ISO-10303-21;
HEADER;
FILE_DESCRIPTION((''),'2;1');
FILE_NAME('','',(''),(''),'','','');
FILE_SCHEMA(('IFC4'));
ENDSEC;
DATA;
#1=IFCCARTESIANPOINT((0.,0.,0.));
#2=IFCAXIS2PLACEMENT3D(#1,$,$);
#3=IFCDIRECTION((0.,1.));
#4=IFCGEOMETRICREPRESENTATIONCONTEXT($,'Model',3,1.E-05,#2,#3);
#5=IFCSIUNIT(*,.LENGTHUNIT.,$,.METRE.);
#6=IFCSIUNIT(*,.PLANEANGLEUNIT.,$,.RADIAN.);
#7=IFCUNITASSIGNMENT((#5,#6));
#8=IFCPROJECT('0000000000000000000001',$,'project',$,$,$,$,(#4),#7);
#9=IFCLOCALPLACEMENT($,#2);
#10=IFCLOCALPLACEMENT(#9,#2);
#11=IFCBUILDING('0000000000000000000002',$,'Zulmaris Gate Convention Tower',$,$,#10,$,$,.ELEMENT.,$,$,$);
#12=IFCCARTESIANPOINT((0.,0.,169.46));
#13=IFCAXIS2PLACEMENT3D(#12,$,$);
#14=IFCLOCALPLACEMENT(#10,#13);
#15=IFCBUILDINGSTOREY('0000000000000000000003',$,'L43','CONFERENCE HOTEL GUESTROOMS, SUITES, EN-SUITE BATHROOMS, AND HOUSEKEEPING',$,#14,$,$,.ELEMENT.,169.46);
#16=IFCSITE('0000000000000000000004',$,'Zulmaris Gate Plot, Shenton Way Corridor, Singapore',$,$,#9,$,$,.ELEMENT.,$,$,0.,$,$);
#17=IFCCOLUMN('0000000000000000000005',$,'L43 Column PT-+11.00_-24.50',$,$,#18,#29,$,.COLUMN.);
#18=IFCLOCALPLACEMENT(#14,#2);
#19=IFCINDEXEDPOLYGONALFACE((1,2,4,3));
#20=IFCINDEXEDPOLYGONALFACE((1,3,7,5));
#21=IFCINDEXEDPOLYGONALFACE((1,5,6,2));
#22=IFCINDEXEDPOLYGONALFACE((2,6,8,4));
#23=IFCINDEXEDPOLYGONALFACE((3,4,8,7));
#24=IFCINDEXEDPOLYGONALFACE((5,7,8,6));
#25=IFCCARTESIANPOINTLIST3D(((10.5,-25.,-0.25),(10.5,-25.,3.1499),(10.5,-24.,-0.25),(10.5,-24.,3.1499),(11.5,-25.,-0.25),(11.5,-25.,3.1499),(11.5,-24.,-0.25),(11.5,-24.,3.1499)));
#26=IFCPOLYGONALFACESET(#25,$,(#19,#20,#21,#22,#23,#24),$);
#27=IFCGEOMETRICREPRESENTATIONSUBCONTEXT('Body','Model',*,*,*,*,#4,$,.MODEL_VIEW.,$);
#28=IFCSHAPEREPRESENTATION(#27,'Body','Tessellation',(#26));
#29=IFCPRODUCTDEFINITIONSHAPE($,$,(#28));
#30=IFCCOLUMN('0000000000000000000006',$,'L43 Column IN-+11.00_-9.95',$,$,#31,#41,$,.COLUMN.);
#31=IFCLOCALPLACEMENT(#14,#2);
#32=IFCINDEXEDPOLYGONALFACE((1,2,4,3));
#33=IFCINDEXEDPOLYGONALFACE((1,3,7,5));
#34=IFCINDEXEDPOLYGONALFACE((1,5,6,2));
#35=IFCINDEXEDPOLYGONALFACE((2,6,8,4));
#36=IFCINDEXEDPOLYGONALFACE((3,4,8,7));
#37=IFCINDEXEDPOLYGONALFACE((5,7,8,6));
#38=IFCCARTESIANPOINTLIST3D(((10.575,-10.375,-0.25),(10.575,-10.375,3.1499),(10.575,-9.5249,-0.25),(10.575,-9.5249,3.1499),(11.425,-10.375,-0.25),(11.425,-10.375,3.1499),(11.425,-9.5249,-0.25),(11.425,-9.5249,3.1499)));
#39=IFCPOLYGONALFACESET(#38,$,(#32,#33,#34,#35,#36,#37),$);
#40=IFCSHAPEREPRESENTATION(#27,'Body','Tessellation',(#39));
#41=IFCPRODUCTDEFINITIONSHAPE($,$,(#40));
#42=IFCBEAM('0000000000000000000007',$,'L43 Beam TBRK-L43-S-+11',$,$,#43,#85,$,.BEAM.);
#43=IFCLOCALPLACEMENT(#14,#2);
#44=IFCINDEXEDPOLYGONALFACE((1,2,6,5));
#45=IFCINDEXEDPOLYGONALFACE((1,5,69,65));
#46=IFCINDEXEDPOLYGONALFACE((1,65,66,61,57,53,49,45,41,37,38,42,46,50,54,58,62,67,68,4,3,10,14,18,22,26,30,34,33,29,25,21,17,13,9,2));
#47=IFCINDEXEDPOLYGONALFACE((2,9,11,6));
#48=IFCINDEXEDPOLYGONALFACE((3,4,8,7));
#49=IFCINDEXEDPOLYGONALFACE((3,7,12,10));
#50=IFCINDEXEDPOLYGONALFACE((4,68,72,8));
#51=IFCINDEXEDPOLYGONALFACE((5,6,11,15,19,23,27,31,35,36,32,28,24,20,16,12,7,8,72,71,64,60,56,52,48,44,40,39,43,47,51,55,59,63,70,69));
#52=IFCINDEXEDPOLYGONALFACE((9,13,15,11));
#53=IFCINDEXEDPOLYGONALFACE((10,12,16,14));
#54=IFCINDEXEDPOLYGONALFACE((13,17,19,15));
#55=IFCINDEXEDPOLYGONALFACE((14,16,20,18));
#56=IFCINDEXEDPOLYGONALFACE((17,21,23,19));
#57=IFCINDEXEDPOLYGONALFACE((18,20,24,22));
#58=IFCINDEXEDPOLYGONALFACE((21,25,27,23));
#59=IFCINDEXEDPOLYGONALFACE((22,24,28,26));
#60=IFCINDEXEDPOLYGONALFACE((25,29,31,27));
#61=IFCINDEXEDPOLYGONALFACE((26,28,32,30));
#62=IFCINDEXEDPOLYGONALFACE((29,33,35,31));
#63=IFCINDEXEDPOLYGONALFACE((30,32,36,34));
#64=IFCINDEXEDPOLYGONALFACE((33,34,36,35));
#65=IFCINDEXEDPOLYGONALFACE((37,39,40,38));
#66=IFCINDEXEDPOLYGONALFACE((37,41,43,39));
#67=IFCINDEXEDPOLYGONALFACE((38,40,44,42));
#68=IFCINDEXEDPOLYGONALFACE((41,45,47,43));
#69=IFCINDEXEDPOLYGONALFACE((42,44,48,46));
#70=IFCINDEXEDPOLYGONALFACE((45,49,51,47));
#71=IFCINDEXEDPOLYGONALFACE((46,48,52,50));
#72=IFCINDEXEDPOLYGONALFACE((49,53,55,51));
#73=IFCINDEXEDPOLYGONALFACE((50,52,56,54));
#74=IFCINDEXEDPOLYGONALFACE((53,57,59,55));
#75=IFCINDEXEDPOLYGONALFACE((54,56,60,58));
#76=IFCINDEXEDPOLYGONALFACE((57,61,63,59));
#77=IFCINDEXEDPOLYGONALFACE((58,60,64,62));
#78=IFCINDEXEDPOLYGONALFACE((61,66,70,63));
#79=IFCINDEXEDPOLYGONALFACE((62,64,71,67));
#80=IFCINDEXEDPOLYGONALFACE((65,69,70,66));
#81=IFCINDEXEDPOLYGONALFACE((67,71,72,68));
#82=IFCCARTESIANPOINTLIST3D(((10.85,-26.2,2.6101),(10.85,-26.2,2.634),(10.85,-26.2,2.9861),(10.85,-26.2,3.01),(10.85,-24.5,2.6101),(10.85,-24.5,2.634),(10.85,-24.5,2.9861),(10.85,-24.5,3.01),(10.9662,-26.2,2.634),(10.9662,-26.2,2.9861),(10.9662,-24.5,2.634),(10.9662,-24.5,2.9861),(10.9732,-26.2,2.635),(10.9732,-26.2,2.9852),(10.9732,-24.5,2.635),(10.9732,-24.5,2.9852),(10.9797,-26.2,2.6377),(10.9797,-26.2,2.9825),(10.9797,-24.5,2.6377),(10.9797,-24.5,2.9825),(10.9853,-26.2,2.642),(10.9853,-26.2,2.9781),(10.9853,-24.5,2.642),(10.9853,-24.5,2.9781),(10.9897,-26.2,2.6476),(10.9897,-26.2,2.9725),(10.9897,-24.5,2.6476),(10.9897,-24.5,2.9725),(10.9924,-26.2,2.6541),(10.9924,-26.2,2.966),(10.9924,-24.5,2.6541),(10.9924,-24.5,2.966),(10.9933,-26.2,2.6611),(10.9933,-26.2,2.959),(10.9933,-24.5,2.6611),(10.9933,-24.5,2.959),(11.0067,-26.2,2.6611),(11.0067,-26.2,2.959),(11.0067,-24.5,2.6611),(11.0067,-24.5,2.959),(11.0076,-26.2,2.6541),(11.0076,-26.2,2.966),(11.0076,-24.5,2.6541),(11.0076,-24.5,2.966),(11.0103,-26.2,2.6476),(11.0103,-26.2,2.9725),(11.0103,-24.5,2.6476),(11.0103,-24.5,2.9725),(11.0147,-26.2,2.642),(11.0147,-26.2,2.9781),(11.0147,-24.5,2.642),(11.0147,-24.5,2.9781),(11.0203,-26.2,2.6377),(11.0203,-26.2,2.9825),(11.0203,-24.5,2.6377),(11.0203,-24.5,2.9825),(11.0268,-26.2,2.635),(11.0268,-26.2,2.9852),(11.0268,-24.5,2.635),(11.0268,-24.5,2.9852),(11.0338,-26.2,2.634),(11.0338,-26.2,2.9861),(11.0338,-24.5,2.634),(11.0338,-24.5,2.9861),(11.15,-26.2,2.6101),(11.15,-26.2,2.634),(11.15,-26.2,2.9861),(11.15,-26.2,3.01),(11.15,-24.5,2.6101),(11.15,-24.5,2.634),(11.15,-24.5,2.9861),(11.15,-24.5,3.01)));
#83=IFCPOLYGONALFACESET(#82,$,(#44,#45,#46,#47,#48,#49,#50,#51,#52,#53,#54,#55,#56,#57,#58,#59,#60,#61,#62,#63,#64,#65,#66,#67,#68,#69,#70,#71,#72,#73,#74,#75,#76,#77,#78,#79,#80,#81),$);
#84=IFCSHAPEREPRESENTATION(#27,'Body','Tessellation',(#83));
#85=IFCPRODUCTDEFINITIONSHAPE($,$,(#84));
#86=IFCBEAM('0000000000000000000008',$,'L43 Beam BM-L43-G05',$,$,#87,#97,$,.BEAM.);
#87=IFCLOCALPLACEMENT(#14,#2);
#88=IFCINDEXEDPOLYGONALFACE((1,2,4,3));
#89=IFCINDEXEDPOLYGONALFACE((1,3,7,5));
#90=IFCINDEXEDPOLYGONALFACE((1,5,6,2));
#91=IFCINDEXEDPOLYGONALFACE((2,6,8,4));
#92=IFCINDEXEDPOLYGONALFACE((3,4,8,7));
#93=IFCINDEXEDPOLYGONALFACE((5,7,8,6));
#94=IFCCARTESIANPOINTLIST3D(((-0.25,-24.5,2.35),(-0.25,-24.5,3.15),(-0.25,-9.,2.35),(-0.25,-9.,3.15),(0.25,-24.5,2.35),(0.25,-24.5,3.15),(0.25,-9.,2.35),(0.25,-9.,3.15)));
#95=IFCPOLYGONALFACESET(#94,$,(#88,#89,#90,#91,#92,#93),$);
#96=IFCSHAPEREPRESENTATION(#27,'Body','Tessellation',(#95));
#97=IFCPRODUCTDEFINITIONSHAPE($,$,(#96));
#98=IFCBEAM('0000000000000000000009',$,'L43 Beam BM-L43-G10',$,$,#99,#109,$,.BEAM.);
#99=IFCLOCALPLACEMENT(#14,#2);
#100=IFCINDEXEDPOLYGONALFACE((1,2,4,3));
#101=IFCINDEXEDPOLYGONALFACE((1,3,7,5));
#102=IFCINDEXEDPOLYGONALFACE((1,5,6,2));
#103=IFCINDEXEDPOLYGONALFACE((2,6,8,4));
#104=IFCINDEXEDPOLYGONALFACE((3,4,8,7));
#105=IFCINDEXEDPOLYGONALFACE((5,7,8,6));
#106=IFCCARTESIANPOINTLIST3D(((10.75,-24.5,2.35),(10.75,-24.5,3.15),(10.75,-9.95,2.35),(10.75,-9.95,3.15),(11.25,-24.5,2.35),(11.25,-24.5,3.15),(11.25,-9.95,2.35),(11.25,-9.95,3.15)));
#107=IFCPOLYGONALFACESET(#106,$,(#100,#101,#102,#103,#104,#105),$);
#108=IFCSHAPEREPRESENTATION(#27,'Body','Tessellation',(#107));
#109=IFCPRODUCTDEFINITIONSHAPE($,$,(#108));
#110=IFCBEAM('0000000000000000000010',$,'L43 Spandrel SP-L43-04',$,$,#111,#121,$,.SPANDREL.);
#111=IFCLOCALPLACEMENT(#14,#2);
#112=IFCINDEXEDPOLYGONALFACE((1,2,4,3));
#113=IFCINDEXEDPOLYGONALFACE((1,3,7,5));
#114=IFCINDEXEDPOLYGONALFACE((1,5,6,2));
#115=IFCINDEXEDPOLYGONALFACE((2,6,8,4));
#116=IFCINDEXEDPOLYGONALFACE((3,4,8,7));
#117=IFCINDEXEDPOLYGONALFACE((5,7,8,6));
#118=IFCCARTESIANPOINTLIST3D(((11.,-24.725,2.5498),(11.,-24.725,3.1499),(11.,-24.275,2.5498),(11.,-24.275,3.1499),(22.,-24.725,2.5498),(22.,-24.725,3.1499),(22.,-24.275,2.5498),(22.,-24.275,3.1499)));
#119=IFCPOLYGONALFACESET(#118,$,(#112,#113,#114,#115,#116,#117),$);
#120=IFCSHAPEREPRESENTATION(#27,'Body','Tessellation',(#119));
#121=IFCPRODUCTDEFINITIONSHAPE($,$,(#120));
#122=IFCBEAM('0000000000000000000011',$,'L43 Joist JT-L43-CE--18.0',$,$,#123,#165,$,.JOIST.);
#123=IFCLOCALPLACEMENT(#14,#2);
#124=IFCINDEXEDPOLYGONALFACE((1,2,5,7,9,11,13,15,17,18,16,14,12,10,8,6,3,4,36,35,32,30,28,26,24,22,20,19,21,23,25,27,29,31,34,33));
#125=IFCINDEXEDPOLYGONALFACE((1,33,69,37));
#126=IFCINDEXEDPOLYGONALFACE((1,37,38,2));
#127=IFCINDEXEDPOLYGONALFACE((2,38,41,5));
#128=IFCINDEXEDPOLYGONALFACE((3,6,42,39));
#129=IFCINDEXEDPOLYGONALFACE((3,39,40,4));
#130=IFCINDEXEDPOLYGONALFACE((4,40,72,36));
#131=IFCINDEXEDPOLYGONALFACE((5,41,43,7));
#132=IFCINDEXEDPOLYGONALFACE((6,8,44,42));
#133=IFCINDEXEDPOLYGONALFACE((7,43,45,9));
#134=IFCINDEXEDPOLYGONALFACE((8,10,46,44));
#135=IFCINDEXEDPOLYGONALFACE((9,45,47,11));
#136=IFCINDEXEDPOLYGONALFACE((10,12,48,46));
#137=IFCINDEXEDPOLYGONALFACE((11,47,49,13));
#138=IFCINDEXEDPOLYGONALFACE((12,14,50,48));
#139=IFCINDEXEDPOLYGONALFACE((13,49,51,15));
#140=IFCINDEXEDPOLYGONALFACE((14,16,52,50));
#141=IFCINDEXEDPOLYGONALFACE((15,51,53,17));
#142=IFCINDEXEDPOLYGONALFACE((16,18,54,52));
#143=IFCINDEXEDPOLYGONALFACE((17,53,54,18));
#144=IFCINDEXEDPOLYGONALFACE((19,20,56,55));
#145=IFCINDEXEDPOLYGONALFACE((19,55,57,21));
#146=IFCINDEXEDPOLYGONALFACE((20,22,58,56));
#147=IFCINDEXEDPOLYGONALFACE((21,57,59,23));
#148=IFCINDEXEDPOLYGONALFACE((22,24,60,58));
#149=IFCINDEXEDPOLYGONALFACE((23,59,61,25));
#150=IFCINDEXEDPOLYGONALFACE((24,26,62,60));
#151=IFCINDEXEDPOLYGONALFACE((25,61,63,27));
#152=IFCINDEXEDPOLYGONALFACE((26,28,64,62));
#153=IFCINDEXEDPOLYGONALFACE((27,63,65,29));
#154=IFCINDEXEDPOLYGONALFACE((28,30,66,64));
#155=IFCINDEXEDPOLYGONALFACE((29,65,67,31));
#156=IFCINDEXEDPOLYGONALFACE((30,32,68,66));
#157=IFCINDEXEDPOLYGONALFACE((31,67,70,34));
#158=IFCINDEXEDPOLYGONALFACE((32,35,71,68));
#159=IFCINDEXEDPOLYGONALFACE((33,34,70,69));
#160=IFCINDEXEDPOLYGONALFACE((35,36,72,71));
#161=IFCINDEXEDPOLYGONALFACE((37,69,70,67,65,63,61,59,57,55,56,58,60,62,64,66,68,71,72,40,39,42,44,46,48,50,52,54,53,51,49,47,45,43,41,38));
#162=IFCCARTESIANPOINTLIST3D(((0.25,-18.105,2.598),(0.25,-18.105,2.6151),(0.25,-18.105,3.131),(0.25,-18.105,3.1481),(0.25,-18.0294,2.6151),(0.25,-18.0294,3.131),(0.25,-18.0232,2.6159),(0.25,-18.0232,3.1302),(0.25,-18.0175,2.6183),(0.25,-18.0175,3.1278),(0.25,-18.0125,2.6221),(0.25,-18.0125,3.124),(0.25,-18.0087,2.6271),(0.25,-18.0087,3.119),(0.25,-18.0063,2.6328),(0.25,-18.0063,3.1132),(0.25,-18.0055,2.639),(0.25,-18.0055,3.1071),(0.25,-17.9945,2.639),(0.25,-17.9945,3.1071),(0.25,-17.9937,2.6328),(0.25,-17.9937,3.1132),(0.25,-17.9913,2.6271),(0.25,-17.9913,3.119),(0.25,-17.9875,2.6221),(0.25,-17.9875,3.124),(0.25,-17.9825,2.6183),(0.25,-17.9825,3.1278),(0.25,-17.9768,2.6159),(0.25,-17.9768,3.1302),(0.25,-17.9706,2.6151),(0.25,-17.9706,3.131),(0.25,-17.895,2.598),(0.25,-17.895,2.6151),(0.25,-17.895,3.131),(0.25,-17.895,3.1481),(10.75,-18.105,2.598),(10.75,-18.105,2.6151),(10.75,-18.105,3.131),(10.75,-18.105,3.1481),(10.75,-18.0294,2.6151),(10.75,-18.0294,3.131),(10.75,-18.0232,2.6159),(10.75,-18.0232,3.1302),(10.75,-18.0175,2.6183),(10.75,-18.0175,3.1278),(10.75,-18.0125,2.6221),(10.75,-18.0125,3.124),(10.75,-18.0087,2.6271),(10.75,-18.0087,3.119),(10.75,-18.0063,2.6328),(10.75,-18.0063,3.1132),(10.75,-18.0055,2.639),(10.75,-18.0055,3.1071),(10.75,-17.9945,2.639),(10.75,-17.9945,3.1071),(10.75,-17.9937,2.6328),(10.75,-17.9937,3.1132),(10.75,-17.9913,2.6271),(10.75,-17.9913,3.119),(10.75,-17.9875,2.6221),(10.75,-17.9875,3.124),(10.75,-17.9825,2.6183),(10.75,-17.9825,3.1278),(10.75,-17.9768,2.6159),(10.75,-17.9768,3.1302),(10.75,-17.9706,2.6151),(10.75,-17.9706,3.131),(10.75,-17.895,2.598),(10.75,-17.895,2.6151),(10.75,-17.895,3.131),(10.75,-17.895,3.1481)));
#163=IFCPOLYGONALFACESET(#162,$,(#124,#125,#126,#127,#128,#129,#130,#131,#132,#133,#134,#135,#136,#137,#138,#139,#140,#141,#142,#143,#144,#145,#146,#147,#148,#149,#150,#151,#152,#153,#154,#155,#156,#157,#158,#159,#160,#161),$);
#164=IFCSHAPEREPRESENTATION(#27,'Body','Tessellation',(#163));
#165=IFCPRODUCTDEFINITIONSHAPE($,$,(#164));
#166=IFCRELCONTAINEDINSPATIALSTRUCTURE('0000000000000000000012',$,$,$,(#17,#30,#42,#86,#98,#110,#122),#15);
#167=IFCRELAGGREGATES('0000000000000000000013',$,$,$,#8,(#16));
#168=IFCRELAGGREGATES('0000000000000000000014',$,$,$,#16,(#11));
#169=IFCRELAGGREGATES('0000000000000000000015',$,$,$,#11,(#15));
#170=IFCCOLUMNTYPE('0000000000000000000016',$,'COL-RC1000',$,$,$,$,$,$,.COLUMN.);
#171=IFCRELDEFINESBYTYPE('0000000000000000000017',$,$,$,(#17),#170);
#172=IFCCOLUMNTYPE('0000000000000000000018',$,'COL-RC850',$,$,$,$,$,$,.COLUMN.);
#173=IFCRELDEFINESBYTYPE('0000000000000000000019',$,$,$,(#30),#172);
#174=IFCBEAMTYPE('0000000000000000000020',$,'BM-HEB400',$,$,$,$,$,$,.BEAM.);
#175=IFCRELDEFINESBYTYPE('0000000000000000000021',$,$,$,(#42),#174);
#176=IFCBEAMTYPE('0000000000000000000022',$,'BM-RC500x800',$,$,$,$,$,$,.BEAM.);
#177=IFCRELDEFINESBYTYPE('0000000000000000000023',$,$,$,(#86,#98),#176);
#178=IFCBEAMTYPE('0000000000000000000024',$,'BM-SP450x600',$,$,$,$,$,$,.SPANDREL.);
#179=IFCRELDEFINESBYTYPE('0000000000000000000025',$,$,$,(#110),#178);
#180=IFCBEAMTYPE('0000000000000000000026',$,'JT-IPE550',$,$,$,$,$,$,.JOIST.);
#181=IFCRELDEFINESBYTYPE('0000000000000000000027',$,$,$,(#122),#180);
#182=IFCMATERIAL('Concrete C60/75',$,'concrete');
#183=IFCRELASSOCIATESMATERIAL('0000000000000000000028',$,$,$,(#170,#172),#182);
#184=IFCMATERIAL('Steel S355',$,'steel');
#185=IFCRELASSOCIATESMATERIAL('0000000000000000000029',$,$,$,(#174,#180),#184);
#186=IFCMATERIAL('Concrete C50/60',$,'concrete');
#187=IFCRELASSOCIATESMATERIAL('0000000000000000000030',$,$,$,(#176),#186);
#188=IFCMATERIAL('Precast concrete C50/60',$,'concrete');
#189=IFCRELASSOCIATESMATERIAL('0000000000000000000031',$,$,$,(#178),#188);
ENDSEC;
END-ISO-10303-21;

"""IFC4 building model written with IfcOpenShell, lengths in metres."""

from ifc_helpers import new_model, si_unit, direction, frame, origin, origin_2d, place, context, subcontext, project, spatial, rectangle, i_section, extrude, material, material_profile, profile_set, type_object, element, save


model = new_model("IFC4")

# Units and contexts
model_context = context("Model", 3, precision=1e-05, world=origin(), true_north=direction((0.0, 1.0)))
body_context = subcontext(model_context, "Body", "Model", "MODEL_VIEW")
ifc_project = project(units=[si_unit("LENGTHUNIT", "METRE"), si_unit("PLANEANGLEUNIT", "RADIAN")], contexts=[model_context])

# Site, building, storey
site_placement = place(None, origin())
site = spatial("IfcSite", under=ifc_project, at=site_placement, Name="Zulmaris Gate Plot, Shenton Way Corridor, Singapore", CompositionType="ELEMENT", RefElevation=0.0)
building_placement = place(site_placement, origin())
building = spatial("IfcBuilding", under=site, at=building_placement, Name="Zulmaris Gate Convention Tower", CompositionType="ELEMENT")
storey_placement = place(building_placement, frame((0.0, 0.0, 169.46)))
storey = spatial("IfcBuildingStorey", under=building, at=storey_placement, Name="L43", Description="CONFERENCE HOTEL GUESTROOMS, SUITES, EN-SUITE BATHROOMS, AND HOUSEKEEPING", CompositionType="ELEMENT", Elevation=169.46)

# Columns
ifc_material_1 = material(Name="Concrete C60/75", Category="concrete")
ifc_material_profile_1 = material_profile(ifc_material_1, rectangle(XDim=1.0, YDim=1.0, at=origin_2d()), Name="RC COL 1000x1000")
ifc_profile_set_1 = profile_set([ifc_material_profile_1], Name="Concrete C60/75")
column_type_1 = type_object("IfcColumnType", Name="COL-RC1000", PredefinedType="COLUMN", material=ifc_profile_set_1)
column_1_placement = place(storey_placement, frame((11.0, -24.5, -0.25), z_axis=(0.0, 0.0, 1.0), x_axis=(1.0, 0.0, 0.0)))
element("IfcColumn", 1, at=column_1_placement, inside=storey, type_object=column_type_1, Name="L43 Column PT-+11.00_-24.50", PredefinedType="COLUMN", context=body_context, shape_type="SweptSolid", body=[
    extrude(rectangle(XDim=1.0, YDim=1.0, at=origin_2d()), origin(), (0.0, 0.0, 1.0), 3.3999),
])
ifc_material_profile_2 = material_profile(ifc_material_1, rectangle(XDim=0.8501, YDim=0.8501, at=origin_2d()), Name="RC COL 850x850")
ifc_profile_set_2 = profile_set([ifc_material_profile_2], Name="Concrete C60/75")
column_type_2 = type_object("IfcColumnType", Name="COL-RC850", PredefinedType="COLUMN", material=ifc_profile_set_2)
column_2_placement = place(storey_placement, frame((11.0, -9.95, -0.25), z_axis=(0.0, 0.0, 1.0), x_axis=(1.0, 0.0, 0.0)))
element("IfcColumn", 2, at=column_2_placement, inside=storey, type_object=column_type_2, Name="L43 Column IN-+11.00_-9.95", PredefinedType="COLUMN", context=body_context, shape_type="SweptSolid", body=[
    extrude(rectangle(XDim=0.8501, YDim=0.8501, at=origin_2d()), origin(), (0.0, 0.0, 1.0), 3.3999),
])

# Beams
ifc_material_2 = material(Name="Steel S355", Category="steel")
ifc_material_profile_3 = material_profile(ifc_material_2, i_section(OverallWidth=0.3, OverallDepth=0.3999, WebThickness=0.0134, FlangeThickness=0.0239, FilletRadius=0.0271, at=origin_2d()), Name="HEB 400")
ifc_profile_set_3 = profile_set([ifc_material_profile_3], Name="Steel S355")
beam_type_1 = type_object("IfcBeamType", Name="BM-HEB400", PredefinedType="BEAM", material=ifc_profile_set_3)
beam_1_placement = place(storey_placement, frame((11.0, -26.2, 2.8101), z_axis=(0.0, 1.0, 0.0), x_axis=(-1.0, 0.0, 0.0)))
element("IfcBeam", 3, at=beam_1_placement, inside=storey, type_object=beam_type_1, Name="L43 Beam TBRK-L43-S-+11", PredefinedType="BEAM", context=body_context, shape_type="SweptSolid", body=[
    extrude(i_section(OverallWidth=0.3, OverallDepth=0.3999, WebThickness=0.0134, FlangeThickness=0.0239, FilletRadius=0.0271, at=origin_2d()), origin(), (0.0, 0.0, 1.0), 1.7),
])
ifc_material_3 = material(Name="Concrete C50/60", Category="concrete")
ifc_material_profile_4 = material_profile(ifc_material_3, rectangle(XDim=0.5, YDim=0.8, at=origin_2d()), Name="RC BEAM 500x800")
ifc_profile_set_4 = profile_set([ifc_material_profile_4], Name="Concrete C50/60")
beam_type_2 = type_object("IfcBeamType", Name="BM-RC500x800", PredefinedType="BEAM", material=ifc_profile_set_4)
beam_2_placement = place(storey_placement, frame((0.0, -24.5, 2.75), z_axis=(0.0, 1.0, 0.0), x_axis=(-1.0, 0.0, 0.0)))
element("IfcBeam", 4, at=beam_2_placement, inside=storey, type_object=beam_type_2, Name="L43 Beam BM-L43-G05", PredefinedType="BEAM", context=body_context, shape_type="SweptSolid", body=[
    extrude(rectangle(XDim=0.5, YDim=0.8, at=origin_2d()), origin(), (0.0, 0.0, 1.0), 15.5),
])
beam_3_placement = place(storey_placement, frame((11.0, -24.5, 2.75), z_axis=(0.0, 1.0, 0.0), x_axis=(-1.0, 0.0, 0.0)))
element("IfcBeam", 5, at=beam_3_placement, inside=storey, type_object=beam_type_2, Name="L43 Beam BM-L43-G10", PredefinedType="BEAM", context=body_context, shape_type="SweptSolid", body=[
    extrude(rectangle(XDim=0.5, YDim=0.8, at=origin_2d()), origin(), (0.0, 0.0, 1.0), 14.55),
])
ifc_material_4 = material(Name="Precast concrete C50/60", Category="concrete")
ifc_material_profile_5 = material_profile(ifc_material_4, rectangle(XDim=0.45, YDim=0.6001, at=origin_2d()), Name="RC SPANDREL 450x600")
ifc_profile_set_5 = profile_set([ifc_material_profile_5], Name="Precast concrete C50/60")
beam_type_3 = type_object("IfcBeamType", Name="BM-SP450x600", PredefinedType="SPANDREL", material=ifc_profile_set_5)
beam_4_placement = place(storey_placement, frame((11.0, -24.5, 2.8499), z_axis=(1.0, 0.0, 0.0), x_axis=(0.0, 1.0, 0.0)))
element("IfcBeam", 6, at=beam_4_placement, inside=storey, type_object=beam_type_3, Name="L43 Spandrel SP-L43-04", PredefinedType="SPANDREL", context=body_context, shape_type="SweptSolid", body=[
    extrude(rectangle(XDim=0.45, YDim=0.6001, at=origin_2d()), origin(), (0.0, 0.0, 1.0), 11.0),
])
ifc_material_profile_6 = material_profile(ifc_material_2, i_section(OverallWidth=0.21, OverallDepth=0.55, WebThickness=0.011, FlangeThickness=0.0171, FilletRadius=0.0239, at=origin_2d()), Name="IPE 550")
ifc_profile_set_6 = profile_set([ifc_material_profile_6], Name="Steel S355")
beam_type_4 = type_object("IfcBeamType", Name="JT-IPE550", PredefinedType="JOIST", material=ifc_profile_set_6)
for number, where, z_axis, x_axis, name in (
    (7, (0.25, -18.0, 2.873), (1.0, 0.0, 0.0), (0.0, 1.0, 0.0), "L43 Joist JT-L43-CE--18.0"),
):
    element("IfcBeam", number, at=place(storey_placement, frame(where, z_axis=z_axis, x_axis=x_axis)), inside=storey, type_object=beam_type_4, Name=name, PredefinedType="JOIST", context=body_context, shape_type="SweptSolid", body=[
        extrude(i_section(OverallWidth=0.21, OverallDepth=0.55, WebThickness=0.011, FlangeThickness=0.0171, FilletRadius=0.0239, at=origin_2d()), origin(), (0.0, 0.0, 1.0), 10.5),
    ])

save(model, "model.ifc")
